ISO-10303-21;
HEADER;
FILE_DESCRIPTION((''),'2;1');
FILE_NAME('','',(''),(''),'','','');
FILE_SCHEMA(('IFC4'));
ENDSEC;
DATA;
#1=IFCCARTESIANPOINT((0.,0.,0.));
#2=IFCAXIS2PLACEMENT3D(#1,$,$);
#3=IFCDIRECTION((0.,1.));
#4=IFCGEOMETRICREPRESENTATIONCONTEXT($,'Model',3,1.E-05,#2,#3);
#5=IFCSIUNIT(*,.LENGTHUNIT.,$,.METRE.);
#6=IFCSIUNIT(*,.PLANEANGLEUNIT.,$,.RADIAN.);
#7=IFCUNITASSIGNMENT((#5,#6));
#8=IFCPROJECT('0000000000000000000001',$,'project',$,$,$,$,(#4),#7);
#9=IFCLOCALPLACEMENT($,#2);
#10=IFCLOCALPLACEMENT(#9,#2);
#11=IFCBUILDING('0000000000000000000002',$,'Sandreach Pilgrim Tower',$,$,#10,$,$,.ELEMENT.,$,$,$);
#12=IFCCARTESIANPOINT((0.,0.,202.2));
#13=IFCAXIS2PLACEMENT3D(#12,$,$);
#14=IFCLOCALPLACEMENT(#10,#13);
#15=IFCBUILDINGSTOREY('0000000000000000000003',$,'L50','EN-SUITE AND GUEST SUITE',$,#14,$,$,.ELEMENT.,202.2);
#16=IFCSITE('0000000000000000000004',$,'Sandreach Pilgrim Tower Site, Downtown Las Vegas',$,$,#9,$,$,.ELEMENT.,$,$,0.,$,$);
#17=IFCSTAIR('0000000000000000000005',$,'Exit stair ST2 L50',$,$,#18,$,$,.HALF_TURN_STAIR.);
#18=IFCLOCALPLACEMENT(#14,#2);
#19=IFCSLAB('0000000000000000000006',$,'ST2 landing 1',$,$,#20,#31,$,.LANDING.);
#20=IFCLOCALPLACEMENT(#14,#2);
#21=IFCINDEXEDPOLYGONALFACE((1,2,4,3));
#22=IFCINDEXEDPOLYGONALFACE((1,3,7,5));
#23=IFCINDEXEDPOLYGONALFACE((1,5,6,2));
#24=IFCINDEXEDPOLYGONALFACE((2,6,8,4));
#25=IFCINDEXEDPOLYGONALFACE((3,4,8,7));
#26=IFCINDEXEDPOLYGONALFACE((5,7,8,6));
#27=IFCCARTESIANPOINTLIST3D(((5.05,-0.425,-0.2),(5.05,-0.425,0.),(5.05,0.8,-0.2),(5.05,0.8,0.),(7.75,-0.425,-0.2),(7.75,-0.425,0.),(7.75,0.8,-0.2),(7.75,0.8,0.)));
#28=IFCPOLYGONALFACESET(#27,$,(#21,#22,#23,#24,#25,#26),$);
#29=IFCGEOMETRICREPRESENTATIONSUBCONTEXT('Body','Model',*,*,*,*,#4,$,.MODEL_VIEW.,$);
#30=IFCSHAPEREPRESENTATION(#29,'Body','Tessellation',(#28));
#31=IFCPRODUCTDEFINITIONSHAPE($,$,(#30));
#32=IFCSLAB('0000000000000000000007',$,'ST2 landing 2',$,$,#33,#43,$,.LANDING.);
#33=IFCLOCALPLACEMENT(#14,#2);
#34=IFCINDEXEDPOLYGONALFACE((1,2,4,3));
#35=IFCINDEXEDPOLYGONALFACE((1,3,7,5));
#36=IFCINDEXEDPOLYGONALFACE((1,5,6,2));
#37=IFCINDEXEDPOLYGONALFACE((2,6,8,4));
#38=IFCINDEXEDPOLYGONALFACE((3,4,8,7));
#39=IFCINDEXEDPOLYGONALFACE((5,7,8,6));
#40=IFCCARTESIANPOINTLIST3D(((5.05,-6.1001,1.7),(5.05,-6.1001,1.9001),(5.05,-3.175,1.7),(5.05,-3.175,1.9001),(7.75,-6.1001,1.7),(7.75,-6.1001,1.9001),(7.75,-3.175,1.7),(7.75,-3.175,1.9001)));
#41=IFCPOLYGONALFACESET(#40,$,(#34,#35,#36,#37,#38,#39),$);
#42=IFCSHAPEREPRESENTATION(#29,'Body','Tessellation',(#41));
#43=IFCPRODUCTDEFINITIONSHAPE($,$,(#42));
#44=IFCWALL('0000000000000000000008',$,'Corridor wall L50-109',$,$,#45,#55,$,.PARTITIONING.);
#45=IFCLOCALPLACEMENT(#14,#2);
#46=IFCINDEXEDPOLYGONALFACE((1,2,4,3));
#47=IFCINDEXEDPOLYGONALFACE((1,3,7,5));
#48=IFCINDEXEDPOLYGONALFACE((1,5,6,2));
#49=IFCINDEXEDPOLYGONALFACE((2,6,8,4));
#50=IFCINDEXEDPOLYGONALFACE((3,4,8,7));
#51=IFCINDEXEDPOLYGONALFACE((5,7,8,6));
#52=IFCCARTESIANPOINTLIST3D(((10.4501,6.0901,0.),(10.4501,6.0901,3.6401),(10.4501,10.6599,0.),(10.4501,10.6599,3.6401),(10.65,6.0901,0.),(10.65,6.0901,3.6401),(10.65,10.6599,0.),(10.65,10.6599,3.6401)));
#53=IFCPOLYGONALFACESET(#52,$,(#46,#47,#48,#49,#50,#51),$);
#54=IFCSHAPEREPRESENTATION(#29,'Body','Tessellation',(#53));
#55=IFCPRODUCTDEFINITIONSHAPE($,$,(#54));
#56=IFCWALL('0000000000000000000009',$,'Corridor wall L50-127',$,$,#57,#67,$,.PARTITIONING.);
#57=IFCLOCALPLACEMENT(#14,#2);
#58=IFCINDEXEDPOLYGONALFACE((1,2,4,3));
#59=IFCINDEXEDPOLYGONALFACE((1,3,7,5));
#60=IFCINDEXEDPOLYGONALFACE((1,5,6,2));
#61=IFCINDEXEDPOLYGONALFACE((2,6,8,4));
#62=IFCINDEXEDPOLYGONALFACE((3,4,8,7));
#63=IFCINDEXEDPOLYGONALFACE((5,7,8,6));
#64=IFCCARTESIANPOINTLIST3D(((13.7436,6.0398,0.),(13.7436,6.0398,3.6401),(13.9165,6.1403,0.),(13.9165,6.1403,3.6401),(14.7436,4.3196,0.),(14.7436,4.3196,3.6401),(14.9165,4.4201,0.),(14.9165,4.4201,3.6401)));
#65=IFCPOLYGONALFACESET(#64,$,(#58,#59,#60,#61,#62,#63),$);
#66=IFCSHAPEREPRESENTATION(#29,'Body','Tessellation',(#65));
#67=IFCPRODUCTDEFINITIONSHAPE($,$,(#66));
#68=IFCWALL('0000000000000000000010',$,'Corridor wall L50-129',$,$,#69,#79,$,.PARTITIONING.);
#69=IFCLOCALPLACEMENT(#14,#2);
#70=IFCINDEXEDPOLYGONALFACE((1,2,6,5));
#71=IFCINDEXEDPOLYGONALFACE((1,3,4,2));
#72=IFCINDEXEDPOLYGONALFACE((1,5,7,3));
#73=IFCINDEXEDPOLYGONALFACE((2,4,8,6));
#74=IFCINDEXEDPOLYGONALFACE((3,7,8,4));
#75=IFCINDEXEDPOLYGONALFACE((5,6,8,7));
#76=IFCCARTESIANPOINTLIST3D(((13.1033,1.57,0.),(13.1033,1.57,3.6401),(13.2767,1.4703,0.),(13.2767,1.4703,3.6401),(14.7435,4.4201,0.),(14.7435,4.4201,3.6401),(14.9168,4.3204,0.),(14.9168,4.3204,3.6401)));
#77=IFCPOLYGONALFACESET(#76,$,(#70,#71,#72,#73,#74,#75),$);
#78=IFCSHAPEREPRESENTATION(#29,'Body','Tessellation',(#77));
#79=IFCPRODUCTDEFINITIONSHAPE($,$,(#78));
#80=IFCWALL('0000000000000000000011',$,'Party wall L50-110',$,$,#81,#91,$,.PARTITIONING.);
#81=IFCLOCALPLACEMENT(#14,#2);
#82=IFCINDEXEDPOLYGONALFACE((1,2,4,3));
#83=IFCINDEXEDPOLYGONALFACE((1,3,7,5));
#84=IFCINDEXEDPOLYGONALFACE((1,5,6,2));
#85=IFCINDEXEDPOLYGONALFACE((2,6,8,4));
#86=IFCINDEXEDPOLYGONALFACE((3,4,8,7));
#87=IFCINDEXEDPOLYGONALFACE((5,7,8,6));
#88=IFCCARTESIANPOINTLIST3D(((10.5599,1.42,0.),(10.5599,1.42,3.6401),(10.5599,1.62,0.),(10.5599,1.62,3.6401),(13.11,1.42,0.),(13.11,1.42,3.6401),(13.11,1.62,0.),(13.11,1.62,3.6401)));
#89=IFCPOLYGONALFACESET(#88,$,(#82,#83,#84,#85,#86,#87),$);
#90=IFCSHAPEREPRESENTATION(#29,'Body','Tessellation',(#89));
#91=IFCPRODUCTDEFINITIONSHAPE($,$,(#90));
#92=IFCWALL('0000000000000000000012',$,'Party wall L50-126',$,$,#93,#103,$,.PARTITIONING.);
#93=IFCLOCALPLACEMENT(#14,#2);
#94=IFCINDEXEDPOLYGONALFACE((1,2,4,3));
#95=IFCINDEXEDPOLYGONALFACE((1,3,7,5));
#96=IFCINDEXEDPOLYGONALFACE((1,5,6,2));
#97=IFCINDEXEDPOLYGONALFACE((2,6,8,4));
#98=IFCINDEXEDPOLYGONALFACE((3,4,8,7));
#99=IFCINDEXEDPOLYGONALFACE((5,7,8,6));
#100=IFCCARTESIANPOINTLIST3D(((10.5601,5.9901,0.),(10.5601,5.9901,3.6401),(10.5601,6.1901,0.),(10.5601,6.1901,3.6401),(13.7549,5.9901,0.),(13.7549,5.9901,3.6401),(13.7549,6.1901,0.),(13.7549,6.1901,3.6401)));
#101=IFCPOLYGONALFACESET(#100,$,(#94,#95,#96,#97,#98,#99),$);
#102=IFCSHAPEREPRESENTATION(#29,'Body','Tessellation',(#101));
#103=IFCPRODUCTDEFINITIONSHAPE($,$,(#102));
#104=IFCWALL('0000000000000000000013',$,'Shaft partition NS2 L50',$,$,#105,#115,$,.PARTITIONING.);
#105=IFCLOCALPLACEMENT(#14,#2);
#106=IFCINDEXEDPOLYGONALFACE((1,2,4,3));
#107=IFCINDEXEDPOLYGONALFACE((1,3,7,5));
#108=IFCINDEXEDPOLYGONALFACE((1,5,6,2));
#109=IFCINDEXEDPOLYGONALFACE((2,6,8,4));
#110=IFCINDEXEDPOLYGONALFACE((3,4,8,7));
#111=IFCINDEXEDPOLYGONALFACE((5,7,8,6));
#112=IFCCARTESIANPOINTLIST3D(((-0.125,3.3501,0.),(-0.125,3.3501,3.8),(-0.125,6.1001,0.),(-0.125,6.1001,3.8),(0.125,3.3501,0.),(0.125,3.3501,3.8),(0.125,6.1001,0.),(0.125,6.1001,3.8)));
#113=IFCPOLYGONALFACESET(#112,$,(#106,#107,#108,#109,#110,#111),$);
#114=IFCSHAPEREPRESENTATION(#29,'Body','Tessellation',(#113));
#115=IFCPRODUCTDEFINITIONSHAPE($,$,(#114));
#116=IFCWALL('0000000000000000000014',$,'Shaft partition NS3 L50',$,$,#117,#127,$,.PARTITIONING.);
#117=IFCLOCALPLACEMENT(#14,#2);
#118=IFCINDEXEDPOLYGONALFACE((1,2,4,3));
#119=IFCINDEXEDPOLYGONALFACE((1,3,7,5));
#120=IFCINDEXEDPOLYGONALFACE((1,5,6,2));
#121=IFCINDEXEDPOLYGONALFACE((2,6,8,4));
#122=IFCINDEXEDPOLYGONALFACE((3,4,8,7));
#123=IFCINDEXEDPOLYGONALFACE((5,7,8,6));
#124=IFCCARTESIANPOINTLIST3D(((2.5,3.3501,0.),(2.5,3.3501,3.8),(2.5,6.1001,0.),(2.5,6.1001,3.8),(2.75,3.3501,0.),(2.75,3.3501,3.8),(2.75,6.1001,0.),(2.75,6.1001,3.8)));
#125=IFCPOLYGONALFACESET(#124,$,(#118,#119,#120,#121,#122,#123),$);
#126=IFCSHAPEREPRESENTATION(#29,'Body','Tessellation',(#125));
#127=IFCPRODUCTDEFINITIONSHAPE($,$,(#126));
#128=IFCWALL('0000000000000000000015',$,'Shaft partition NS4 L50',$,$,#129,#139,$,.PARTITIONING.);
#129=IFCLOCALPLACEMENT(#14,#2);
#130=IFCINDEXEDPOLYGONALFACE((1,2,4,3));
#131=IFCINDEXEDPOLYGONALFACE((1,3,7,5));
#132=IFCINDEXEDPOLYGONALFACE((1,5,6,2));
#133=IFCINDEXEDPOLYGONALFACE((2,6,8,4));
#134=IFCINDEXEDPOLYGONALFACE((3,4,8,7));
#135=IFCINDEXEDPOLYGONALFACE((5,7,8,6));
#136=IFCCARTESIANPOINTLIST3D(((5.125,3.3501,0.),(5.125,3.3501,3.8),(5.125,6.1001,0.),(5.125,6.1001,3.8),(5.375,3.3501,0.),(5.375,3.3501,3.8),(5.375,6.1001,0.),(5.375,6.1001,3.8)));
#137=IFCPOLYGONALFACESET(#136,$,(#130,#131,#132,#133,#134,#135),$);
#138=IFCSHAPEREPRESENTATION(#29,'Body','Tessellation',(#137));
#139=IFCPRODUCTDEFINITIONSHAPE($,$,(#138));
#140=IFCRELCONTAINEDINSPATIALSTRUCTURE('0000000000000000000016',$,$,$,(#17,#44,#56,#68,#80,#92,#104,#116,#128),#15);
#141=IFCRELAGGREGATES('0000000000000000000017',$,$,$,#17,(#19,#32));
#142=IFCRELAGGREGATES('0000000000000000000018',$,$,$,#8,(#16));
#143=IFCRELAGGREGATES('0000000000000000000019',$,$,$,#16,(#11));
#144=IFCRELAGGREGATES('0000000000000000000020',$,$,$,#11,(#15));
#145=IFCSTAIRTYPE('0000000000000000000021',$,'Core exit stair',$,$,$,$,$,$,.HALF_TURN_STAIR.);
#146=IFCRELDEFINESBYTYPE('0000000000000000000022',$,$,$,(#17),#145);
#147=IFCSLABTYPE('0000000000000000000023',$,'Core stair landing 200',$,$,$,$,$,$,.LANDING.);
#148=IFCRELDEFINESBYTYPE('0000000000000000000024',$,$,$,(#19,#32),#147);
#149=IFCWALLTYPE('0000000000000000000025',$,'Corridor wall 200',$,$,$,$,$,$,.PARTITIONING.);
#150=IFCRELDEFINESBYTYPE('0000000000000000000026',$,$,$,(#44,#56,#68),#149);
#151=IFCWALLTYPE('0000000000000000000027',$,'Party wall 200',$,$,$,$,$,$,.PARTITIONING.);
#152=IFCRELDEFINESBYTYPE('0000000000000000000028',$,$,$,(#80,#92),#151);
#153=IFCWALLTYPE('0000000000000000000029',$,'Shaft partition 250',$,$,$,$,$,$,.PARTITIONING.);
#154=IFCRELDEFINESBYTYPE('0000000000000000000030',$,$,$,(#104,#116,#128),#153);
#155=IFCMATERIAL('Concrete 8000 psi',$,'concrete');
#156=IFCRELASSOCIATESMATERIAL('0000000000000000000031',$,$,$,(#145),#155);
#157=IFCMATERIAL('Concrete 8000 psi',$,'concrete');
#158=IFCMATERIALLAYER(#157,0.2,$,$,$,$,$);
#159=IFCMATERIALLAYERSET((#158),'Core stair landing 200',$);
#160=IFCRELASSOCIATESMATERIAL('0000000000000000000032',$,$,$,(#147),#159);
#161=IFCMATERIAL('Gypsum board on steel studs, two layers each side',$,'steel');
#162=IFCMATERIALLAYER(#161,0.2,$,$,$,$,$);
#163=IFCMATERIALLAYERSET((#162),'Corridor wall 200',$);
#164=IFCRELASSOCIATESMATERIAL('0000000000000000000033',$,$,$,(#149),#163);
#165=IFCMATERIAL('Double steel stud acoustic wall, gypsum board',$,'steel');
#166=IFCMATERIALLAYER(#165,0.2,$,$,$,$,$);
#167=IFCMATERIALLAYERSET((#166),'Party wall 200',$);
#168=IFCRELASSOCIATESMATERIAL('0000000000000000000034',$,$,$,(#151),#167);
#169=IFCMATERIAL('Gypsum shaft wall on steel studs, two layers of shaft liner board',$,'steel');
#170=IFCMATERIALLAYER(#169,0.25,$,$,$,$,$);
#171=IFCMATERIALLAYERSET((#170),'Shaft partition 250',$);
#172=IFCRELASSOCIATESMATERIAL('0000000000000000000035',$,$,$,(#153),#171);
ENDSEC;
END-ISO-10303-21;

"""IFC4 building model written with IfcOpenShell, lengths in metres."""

from ifc_helpers import new_model, si_unit, direction, frame, frame_2d, origin, place, context, subcontext, project, spatial, polyline, rectangle, outline, extrude, material, layer, layer_set, type_object, element, aggregate, save


model = new_model("IFC4")

# Units and contexts
model_context = context("Model", 3, precision=1e-05, world=origin(), true_north=direction((0.0, 1.0)))
body_context = subcontext(model_context, "Body", "Model", "MODEL_VIEW")
ifc_project = project(units=[si_unit("LENGTHUNIT", "METRE"), si_unit("PLANEANGLEUNIT", "RADIAN")], contexts=[model_context])

# Site, building, storey
site_placement = place(None, origin())
site = spatial("IfcSite", under=ifc_project, at=site_placement, Name="Sandreach Pilgrim Tower Site, Downtown Las Vegas", CompositionType="ELEMENT", RefElevation=0.0)
building_placement = place(site_placement, origin())
building = spatial("IfcBuilding", under=site, at=building_placement, Name="Sandreach Pilgrim Tower", CompositionType="ELEMENT")
storey_placement = place(building_placement, frame((0.0, 0.0, 202.2)))
storey = spatial("IfcBuildingStorey", under=building, at=storey_placement, Name="L50", Description="EN-SUITE AND GUEST SUITE", CompositionType="ELEMENT", Elevation=202.2)

# Stair, slabs
ifc_material_1 = material(Name="Concrete 8000 psi", Category="concrete")
stair_type = type_object("IfcStairType", Name="Core exit stair", PredefinedType="HALF_TURN_STAIR", material=ifc_material_1)
stair_placement = place(storey_placement, origin())
stair = element("IfcStair", 1, at=stair_placement, inside=storey, type_object=stair_type, Name="Exit stair ST2 L50", PredefinedType="HALF_TURN_STAIR")
ifc_material_2 = material(Name="Concrete 8000 psi", Category="concrete")
ifc_layer_1 = layer(ifc_material_2, 0.2)
ifc_layer_set_1 = layer_set([ifc_layer_1], Name="Core stair landing 200")
slab_type = type_object("IfcSlabType", Name="Core stair landing 200", PredefinedType="LANDING", material=ifc_layer_set_1)
slab_1_placement = place(storey_placement, frame((0.0, 0.0, -0.2)))
slab_1 = element("IfcSlab", 2, at=slab_1_placement, type_object=slab_type, Name="ST2 landing 1", PredefinedType="LANDING", context=body_context, shape_type="SweptSolid", body=[
    extrude(outline(polyline([(5.05, -0.425), (7.75, -0.425), (7.75, 0.8), (5.05, 0.8), (5.05, -0.425)])), origin(), (0.0, 0.0, 1.0), 0.2),
])
slab_2_placement = place(storey_placement, frame((0.0, 0.0, 1.7)))
slab_2 = element("IfcSlab", 3, at=slab_2_placement, type_object=slab_type, Name="ST2 landing 2", PredefinedType="LANDING", context=body_context, shape_type="SweptSolid", body=[
    extrude(outline(polyline([(5.05, -6.1001), (7.75, -6.1001), (7.75, -3.175), (5.05, -3.175), (5.05, -6.1001)])), origin(), (0.0, 0.0, 1.0), 0.2002),
])
aggregate(stair, [slab_1, slab_2])

# Shared definitions
ifc_material_3 = material(Name="Gypsum board on steel studs, two layers each side", Category="steel")
ifc_layer_2 = layer(ifc_material_3, 0.2)
ifc_layer_set_2 = layer_set([ifc_layer_2], Name="Corridor wall 200")
wall_type_1 = type_object("IfcWallType", Name="Corridor wall 200", PredefinedType="PARTITIONING", material=ifc_layer_set_2)

# Wall
wall_1_placement = place(storey_placement, frame((10.55, 6.0901, 0.0), z_axis=(0.0, 0.0, 1.0), x_axis=(0.0, 1.0, 0.0)))
element("IfcWall", 4, at=wall_1_placement, inside=storey, type_object=wall_type_1, Name="Corridor wall L50-109", PredefinedType="PARTITIONING", context=body_context, shape_type="SweptSolid", body=[
    extrude(rectangle(XDim=4.5698, YDim=0.2, at=frame_2d((2.2849, 0.0))), origin(), (0.0, 0.0, 1.0), 3.6401),
])

# Walls
wall_2_placement = place(storey_placement, frame((13.8301, 6.0901, 0.0), z_axis=(0.0, 0.0, 1.0), x_axis=(0.502574, -0.864534, 0.0)))
element("IfcWall", 5, at=wall_2_placement, inside=storey, type_object=wall_type_1, Name="Corridor wall L50-127", PredefinedType="PARTITIONING", context=body_context, shape_type="SweptSolid", body=[
    extrude(rectangle(XDim=1.9897, YDim=0.2, at=frame_2d((0.9949, 0.0))), origin(), (0.0, 0.0, 1.0), 3.6401),
])
wall_3_placement = place(storey_placement, frame((14.8301, 4.3701, 0.0), z_axis=(0.0, 0.0, 1.0), x_axis=(-0.498775, -0.866731, 0.0)))
element("IfcWall", 6, at=wall_3_placement, inside=storey, type_object=wall_type_1, Name="Corridor wall L50-129", PredefinedType="PARTITIONING", context=body_context, shape_type="SweptSolid", body=[
    extrude(rectangle(XDim=3.2883, YDim=0.2, at=frame_2d((1.644, 0.0))), origin(), (0.0, 0.0, 1.0), 3.6401),
])
ifc_material_4 = material(Name="Double steel stud acoustic wall, gypsum board", Category="steel")
ifc_layer_3 = layer(ifc_material_4, 0.2)
ifc_layer_set_3 = layer_set([ifc_layer_3], Name="Party wall 200")
wall_type_2 = type_object("IfcWallType", Name="Party wall 200", PredefinedType="PARTITIONING", material=ifc_layer_set_3)
wall_4_placement = place(storey_placement, frame((10.5601, 1.52, 0.0), z_axis=(0.0, 0.0, 1.0), x_axis=(1.0, 0.0, 0.0)))
element("IfcWall", 7, at=wall_4_placement, inside=storey, type_object=wall_type_2, Name="Party wall L50-110", PredefinedType="PARTITIONING", context=body_context, shape_type="SweptSolid", body=[
    extrude(rectangle(XDim=2.55, YDim=0.2, at=frame_2d((1.2749, 0.0))), origin(), (0.0, 0.0, 1.0), 3.6401),
])
wall_5_placement = place(storey_placement, frame((13.7549, 6.0901, 0.0), z_axis=(0.0, 0.0, 1.0), x_axis=(-1.0, 0.0, 0.0)))
element("IfcWall", 8, at=wall_5_placement, inside=storey, type_object=wall_type_2, Name="Party wall L50-126", PredefinedType="PARTITIONING", context=body_context, shape_type="SweptSolid", body=[
    extrude(rectangle(XDim=3.1948, YDim=0.2, at=frame_2d((1.5974, 0.0))), origin(), (0.0, 0.0, 1.0), 3.6401),
])
ifc_material_5 = material(Name="Gypsum shaft wall on steel studs, two layers of shaft liner board", Category="steel")
ifc_layer_4 = layer(ifc_material_5, 0.25)
ifc_layer_set_4 = layer_set([ifc_layer_4], Name="Shaft partition 250")
wall_type_3 = type_object("IfcWallType", Name="Shaft partition 250", PredefinedType="PARTITIONING", material=ifc_layer_set_4)
for number, where, z_axis, x_axis, name in (
    (9, (0.0, 3.3501, 0.0), (0.0, 0.0, 1.0), (0.0, 1.0, 0.0), "Shaft partition NS2 L50"),
    (10, (2.625, 3.3501, 0.0), (0.0, 0.0, 1.0), (0.0, 1.0, 0.0), "Shaft partition NS3 L50"),
    (11, (5.25, 3.3501, 0.0), (0.0, 0.0, 1.0), (0.0, 1.0, 0.0), "Shaft partition NS4 L50"),
):
    element("IfcWall", number, at=place(storey_placement, frame(where, z_axis=z_axis, x_axis=x_axis)), inside=storey, type_object=wall_type_3, Name=name, PredefinedType="PARTITIONING", context=body_context, shape_type="SweptSolid", body=[
        extrude(rectangle(XDim=2.75, YDim=0.25, at=frame_2d((1.375, 0.0))), origin(), (0.0, 0.0, 1.0), 3.8),
    ])

save(model, "model.ifc")
